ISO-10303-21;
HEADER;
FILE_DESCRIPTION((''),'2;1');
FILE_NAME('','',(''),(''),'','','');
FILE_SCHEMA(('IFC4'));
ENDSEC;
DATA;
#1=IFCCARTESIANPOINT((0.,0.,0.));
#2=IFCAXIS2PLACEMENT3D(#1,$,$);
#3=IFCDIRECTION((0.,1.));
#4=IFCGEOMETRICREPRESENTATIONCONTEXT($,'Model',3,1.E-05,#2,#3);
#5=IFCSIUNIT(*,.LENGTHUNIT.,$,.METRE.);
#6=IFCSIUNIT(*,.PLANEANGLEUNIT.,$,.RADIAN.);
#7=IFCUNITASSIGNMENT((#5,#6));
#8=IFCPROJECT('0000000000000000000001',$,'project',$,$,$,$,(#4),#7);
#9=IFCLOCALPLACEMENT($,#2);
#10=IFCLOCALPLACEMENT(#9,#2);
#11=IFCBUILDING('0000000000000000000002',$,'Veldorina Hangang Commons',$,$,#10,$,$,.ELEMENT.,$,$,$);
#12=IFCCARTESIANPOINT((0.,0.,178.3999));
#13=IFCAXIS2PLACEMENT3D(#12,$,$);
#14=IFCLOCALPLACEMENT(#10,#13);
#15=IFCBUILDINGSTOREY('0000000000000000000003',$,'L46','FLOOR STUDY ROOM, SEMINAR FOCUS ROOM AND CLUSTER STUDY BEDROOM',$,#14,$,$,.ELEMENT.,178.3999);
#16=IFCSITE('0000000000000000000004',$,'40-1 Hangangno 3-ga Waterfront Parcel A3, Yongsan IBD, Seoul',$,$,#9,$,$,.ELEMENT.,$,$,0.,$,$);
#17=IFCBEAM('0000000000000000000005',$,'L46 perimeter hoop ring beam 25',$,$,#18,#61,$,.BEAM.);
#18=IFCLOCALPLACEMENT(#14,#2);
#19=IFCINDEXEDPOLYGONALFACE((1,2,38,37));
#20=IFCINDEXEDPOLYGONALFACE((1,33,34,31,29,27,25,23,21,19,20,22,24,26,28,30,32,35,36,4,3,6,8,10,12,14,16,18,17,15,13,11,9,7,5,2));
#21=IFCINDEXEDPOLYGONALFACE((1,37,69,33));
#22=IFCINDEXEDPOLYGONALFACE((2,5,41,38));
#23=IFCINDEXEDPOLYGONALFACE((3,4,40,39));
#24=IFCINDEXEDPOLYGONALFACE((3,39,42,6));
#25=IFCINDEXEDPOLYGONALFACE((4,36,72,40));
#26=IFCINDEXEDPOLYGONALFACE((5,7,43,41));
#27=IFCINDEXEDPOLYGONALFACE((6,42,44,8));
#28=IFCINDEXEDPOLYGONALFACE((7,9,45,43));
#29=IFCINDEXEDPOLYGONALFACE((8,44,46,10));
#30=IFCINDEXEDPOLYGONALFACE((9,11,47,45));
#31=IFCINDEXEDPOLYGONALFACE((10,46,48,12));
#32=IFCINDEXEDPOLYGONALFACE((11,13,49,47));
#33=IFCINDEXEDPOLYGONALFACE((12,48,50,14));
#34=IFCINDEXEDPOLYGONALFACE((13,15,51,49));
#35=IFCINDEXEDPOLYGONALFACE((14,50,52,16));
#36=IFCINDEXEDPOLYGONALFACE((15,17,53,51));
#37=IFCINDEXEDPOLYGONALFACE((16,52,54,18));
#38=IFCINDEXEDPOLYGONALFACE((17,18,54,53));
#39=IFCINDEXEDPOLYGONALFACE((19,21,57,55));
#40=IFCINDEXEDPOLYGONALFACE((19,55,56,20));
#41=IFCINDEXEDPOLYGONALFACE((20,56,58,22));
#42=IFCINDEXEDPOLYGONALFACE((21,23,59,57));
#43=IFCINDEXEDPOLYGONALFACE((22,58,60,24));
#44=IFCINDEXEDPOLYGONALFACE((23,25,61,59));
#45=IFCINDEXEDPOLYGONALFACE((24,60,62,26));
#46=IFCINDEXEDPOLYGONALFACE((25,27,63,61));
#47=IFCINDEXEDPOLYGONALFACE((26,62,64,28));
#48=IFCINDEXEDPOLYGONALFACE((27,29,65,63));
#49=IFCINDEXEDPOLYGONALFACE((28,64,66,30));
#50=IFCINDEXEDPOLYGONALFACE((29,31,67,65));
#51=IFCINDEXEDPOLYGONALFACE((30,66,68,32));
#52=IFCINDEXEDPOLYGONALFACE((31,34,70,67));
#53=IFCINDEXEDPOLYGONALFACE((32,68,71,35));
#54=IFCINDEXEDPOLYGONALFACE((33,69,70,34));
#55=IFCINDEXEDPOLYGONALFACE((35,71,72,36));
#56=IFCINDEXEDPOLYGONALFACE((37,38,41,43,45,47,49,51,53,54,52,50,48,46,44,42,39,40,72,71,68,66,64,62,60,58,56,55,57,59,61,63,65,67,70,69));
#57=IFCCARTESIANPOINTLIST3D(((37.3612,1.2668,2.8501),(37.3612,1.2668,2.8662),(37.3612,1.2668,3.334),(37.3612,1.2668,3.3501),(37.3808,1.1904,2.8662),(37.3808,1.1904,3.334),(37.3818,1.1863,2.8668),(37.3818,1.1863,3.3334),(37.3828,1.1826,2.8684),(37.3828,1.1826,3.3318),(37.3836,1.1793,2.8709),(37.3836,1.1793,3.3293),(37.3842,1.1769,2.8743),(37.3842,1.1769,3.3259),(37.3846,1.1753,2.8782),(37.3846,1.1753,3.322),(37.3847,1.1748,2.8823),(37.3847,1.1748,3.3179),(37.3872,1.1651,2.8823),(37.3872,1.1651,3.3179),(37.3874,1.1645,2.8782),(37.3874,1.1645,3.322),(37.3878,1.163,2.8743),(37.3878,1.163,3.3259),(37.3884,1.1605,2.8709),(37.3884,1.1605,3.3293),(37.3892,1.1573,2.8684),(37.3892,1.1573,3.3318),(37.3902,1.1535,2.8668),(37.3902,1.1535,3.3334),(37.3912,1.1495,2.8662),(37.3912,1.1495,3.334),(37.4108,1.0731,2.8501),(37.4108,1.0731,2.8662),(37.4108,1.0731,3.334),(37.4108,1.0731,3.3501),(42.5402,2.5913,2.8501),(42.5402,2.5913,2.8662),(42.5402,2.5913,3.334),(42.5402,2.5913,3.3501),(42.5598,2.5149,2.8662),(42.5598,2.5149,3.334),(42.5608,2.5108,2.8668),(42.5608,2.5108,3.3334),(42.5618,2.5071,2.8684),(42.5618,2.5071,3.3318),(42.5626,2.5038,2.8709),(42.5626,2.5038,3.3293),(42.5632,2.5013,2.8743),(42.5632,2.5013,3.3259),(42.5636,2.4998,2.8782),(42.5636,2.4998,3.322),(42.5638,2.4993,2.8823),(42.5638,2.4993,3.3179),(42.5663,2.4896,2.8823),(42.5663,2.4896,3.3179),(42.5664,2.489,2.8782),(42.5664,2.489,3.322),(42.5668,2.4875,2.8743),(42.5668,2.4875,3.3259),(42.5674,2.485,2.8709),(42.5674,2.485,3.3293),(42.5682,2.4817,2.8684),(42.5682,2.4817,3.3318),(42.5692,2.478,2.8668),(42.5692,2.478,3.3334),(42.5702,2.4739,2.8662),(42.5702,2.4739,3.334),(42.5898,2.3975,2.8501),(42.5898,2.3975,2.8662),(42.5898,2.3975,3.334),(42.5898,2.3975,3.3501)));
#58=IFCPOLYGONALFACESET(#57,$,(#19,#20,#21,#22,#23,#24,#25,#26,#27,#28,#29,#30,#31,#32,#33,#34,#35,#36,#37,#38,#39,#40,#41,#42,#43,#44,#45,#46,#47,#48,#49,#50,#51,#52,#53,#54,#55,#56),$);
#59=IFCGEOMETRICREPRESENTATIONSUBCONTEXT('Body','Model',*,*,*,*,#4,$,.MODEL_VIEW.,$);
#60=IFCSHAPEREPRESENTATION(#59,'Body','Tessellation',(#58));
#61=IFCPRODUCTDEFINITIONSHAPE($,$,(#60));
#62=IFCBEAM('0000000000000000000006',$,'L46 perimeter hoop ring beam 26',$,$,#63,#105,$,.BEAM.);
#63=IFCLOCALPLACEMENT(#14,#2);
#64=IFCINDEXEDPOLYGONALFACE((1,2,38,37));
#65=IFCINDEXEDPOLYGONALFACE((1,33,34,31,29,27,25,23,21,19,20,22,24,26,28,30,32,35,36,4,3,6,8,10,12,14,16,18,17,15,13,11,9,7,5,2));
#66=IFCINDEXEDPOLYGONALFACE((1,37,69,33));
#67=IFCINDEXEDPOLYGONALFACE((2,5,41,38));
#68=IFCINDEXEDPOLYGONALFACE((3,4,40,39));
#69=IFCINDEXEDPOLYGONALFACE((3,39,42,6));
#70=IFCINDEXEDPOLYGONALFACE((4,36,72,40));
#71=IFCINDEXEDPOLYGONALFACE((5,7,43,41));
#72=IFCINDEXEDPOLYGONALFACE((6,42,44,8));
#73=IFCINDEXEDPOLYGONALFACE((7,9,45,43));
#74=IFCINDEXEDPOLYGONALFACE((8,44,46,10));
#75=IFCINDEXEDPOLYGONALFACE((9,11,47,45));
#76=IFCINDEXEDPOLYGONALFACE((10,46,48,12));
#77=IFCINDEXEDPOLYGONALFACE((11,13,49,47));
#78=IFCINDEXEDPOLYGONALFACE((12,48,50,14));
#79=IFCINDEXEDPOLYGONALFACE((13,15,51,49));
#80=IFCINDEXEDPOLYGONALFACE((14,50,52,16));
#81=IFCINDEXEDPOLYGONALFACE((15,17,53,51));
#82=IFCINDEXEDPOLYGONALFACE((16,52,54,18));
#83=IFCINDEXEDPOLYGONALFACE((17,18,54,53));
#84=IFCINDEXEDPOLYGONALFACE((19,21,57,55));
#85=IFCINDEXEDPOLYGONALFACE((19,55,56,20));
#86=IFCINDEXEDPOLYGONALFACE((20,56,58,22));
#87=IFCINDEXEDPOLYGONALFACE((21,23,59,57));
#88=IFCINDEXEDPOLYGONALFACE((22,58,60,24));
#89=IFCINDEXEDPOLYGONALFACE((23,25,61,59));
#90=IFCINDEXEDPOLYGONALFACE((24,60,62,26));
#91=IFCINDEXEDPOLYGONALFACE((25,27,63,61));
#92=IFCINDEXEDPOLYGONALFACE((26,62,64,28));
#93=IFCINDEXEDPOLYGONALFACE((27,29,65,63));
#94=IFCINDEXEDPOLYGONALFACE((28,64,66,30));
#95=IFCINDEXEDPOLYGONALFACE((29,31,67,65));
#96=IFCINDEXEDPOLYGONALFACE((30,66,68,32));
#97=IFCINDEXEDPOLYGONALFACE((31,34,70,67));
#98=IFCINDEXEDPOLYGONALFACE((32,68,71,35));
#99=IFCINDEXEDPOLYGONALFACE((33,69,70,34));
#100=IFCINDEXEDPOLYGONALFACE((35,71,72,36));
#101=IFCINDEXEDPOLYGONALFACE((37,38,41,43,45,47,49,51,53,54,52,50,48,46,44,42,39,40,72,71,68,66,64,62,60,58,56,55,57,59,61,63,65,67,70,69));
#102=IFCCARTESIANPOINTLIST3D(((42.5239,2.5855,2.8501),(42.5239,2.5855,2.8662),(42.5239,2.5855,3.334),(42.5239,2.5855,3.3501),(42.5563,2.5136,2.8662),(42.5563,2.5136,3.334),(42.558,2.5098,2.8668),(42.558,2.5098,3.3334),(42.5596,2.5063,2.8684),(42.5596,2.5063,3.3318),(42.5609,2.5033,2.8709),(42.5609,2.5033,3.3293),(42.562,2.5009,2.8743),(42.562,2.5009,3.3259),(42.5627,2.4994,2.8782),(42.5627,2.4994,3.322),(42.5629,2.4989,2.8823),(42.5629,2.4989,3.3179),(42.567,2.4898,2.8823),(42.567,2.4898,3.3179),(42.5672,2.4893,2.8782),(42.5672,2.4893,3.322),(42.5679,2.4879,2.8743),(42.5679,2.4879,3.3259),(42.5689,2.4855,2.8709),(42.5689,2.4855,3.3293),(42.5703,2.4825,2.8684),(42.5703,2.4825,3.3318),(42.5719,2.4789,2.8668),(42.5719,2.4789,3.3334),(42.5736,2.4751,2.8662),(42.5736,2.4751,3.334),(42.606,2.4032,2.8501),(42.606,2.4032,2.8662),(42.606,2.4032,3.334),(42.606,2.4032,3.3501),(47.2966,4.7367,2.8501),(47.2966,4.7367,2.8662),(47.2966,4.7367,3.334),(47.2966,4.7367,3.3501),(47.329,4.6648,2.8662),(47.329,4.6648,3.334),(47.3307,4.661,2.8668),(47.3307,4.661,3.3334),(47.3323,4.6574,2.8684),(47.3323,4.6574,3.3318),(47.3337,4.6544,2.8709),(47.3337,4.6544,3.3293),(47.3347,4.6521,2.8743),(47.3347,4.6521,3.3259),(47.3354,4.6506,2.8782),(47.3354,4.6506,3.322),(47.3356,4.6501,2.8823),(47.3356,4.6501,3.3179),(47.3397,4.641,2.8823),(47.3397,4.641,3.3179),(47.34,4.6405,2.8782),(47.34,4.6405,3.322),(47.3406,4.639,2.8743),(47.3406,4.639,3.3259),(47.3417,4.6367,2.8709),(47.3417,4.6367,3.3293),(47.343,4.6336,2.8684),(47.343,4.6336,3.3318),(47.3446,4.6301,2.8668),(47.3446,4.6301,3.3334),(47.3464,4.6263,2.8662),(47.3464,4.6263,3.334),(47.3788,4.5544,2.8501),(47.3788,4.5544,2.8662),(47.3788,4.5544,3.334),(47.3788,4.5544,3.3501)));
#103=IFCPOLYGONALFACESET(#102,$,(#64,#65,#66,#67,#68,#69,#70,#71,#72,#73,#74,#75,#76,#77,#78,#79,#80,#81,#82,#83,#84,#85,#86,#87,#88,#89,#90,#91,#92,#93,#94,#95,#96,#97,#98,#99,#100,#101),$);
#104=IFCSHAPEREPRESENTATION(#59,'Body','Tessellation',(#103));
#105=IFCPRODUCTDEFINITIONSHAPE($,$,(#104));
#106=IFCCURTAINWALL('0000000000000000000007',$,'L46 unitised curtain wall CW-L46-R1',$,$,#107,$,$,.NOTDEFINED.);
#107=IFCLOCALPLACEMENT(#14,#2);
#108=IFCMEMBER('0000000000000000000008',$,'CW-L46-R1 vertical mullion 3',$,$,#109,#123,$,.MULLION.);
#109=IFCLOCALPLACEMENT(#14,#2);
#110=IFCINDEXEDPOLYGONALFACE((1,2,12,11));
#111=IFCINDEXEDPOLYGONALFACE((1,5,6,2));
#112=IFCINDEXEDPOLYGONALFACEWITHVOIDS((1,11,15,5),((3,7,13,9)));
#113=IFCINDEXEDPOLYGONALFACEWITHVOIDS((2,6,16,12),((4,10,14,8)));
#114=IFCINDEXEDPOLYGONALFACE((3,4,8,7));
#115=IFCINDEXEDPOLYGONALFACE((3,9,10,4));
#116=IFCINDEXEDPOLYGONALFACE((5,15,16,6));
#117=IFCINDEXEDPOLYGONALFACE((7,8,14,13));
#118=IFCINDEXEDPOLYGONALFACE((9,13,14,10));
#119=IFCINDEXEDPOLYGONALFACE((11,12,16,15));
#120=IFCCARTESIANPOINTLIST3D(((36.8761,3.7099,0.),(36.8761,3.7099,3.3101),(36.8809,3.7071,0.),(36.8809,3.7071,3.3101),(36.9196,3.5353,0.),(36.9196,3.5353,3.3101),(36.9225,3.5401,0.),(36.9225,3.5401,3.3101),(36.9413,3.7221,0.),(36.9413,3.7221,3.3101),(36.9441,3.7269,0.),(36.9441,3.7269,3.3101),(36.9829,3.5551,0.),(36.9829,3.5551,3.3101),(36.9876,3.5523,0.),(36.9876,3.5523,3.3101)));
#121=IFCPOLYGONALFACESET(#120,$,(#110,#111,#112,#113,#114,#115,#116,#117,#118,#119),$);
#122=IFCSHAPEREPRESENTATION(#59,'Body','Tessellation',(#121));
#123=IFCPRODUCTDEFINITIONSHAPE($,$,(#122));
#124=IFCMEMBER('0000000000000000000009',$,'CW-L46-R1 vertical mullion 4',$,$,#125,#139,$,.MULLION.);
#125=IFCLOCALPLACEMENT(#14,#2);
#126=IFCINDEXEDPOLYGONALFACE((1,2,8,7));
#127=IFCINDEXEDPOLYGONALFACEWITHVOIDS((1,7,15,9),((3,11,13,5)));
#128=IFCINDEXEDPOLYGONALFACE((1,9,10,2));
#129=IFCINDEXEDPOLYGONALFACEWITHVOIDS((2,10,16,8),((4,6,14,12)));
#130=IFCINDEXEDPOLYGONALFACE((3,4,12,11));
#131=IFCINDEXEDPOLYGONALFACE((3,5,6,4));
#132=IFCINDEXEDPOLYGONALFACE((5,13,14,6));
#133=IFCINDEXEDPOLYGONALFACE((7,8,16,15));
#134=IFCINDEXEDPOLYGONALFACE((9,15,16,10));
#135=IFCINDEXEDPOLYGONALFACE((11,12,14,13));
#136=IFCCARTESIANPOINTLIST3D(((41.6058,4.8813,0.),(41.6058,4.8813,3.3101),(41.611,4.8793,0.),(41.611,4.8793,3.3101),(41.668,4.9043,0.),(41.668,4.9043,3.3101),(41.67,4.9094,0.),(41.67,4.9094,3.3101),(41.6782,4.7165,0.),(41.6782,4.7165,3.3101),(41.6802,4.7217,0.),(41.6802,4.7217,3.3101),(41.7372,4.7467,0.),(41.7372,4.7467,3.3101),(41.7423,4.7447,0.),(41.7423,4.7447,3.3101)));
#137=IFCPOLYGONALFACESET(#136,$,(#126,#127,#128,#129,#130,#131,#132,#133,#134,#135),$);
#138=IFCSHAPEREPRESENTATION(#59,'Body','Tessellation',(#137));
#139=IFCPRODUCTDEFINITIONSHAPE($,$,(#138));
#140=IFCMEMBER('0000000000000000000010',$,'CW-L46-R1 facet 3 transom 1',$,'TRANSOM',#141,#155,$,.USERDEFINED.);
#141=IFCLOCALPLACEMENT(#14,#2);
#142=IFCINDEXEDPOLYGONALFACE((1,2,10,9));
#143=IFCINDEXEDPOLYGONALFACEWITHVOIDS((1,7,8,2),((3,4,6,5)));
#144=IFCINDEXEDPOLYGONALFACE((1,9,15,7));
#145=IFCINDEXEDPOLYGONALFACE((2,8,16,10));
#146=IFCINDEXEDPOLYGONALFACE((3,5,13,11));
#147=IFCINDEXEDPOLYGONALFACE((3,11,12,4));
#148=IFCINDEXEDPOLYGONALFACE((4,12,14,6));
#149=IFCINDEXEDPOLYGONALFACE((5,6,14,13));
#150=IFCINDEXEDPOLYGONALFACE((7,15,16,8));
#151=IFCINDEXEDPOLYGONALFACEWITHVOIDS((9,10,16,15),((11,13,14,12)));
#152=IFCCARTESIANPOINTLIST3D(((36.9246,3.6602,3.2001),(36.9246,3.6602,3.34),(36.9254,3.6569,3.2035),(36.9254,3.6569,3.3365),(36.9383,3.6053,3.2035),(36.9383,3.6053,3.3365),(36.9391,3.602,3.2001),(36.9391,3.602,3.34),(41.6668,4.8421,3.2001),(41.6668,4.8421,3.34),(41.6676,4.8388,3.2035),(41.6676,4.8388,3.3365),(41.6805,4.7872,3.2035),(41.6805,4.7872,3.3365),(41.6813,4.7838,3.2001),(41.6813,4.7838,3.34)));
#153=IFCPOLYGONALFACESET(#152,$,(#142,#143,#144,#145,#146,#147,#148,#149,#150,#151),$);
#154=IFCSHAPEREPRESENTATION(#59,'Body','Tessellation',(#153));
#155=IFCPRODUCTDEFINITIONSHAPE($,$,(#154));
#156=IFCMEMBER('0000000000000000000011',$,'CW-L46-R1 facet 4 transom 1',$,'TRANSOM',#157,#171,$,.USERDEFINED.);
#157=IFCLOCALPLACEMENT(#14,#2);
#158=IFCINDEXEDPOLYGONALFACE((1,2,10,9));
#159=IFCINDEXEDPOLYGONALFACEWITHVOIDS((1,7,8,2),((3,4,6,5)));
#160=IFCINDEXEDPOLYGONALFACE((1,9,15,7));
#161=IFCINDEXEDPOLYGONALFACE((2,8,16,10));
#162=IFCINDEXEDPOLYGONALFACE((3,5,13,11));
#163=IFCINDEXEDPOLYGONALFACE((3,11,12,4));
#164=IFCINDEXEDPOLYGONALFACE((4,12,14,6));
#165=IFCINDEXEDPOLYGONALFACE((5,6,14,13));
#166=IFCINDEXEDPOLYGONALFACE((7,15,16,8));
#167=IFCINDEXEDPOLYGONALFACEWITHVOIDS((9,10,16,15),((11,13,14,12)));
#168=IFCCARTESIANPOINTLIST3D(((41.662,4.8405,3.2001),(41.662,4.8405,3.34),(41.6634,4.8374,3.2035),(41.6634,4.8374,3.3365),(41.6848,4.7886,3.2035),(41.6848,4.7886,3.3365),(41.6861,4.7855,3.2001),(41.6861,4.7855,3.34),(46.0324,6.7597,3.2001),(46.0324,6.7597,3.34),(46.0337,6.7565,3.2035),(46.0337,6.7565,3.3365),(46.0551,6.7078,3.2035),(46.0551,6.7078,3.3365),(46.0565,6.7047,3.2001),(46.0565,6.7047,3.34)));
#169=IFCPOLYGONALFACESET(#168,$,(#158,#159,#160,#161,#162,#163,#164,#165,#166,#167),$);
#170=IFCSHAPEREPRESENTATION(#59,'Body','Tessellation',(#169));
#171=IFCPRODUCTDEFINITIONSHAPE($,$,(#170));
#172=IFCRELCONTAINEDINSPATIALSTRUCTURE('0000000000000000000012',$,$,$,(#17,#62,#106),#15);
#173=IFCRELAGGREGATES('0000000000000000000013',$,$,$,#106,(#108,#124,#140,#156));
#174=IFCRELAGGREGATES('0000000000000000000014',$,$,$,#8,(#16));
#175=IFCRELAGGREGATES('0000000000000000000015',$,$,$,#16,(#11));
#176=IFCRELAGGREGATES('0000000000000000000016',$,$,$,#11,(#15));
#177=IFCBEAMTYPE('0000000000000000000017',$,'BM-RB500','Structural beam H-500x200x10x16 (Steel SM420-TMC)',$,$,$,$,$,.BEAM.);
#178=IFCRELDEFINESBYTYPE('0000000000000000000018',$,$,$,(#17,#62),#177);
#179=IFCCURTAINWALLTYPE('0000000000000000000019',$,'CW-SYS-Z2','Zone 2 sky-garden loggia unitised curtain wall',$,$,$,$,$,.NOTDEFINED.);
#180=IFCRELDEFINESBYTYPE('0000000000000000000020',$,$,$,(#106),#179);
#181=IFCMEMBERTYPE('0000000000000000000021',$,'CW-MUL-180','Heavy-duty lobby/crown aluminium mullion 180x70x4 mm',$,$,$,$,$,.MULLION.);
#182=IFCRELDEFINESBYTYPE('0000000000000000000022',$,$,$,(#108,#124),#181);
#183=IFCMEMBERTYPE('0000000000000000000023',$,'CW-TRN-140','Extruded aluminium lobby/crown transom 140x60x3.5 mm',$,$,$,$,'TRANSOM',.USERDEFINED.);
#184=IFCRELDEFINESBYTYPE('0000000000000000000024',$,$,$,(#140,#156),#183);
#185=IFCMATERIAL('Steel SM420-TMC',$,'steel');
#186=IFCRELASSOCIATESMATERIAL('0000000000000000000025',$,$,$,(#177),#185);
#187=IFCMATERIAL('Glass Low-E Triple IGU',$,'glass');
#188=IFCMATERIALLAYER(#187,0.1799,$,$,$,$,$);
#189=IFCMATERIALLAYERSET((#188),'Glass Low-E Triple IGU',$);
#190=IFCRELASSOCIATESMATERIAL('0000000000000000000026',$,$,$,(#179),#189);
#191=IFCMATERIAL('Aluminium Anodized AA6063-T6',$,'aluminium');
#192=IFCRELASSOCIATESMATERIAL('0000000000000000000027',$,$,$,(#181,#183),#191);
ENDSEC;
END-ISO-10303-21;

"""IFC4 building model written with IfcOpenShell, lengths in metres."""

from ifc_helpers import new_model, si_unit, direction, frame, origin, origin_2d, place, context, subcontext, project, spatial, hollow_rectangle, i_section, extrude, material, layer, layer_set, material_profile, profile_set, type_object, element, aggregate, save


model = new_model("IFC4")

# Units and contexts
model_context = context("Model", 3, precision=1e-05, world=origin(), true_north=direction((0.0, 1.0)))
body_context = subcontext(model_context, "Body", "Model", "MODEL_VIEW")
ifc_project = project(units=[si_unit("LENGTHUNIT", "METRE"), si_unit("PLANEANGLEUNIT", "RADIAN")], contexts=[model_context])

# Site, building, storey
site_placement = place(None, origin())
site = spatial("IfcSite", under=ifc_project, at=site_placement, Name="40-1 Hangangno 3-ga Waterfront Parcel A3, Yongsan IBD, Seoul", CompositionType="ELEMENT", RefElevation=0.0)
building_placement = place(site_placement, origin())
building = spatial("IfcBuilding", under=site, at=building_placement, Name="Veldorina Hangang Commons", CompositionType="ELEMENT")
storey_placement = place(building_placement, frame((0.0, 0.0, 178.3999)))
storey = spatial("IfcBuildingStorey", under=building, at=storey_placement, Name="L46", Description="FLOOR STUDY ROOM, SEMINAR FOCUS ROOM AND CLUSTER STUDY BEDROOM", CompositionType="ELEMENT", Elevation=178.3999)

# Beams
ifc_material_1 = material(Name="Steel SM420-TMC", Category="steel")
ifc_material_profile_1 = material_profile(ifc_material_1, i_section(OverallWidth=0.2, OverallDepth=0.5, WebThickness=0.01, FlangeThickness=0.0161, FilletRadius=0.0161, at=origin_2d()), Name="H-500x200x10x16")
ifc_profile_set_1 = profile_set([ifc_material_profile_1], Name="Steel SM420-TMC")
beam_type = type_object("IfcBeamType", Name="BM-RB500", Description="Structural beam H-500x200x10x16 (Steel SM420-TMC)", PredefinedType="BEAM", material=ifc_profile_set_1)
beam_1_placement = place(storey_placement, frame((37.386, 1.1699, 3.1001), z_axis=(0.96882, 0.247765, 0.0), x_axis=(-0.247765, 0.96882, 0.0)))
element("IfcBeam", 1, at=beam_1_placement, inside=storey, type_object=beam_type, Name="L46 perimeter hoop ring beam 25", PredefinedType="BEAM", context=body_context, shape_type="SweptSolid", body=[
    extrude(i_section(OverallWidth=0.2, OverallDepth=0.5, WebThickness=0.01, FlangeThickness=0.0161, FilletRadius=0.0161, at=origin_2d()), origin(), (0.0, 0.0, 1.0), 5.3457),
])
beam_2_placement = place(storey_placement, frame((42.5649, 2.4944, 3.1001), z_axis=(0.911678, 0.410906, 0.0), x_axis=(-0.410906, 0.911678, 0.0)))
element("IfcBeam", 2, at=beam_2_placement, inside=storey, type_object=beam_type, Name="L46 perimeter hoop ring beam 26", PredefinedType="BEAM", context=body_context, shape_type="SweptSolid", body=[
    extrude(i_section(OverallWidth=0.2, OverallDepth=0.5, WebThickness=0.01, FlangeThickness=0.0161, FilletRadius=0.0161, at=origin_2d()), origin(), (0.0, 0.0, 1.0), 5.2351),
])

# Curtain wall, members
ifc_material_2 = material(Name="Glass Low-E Triple IGU", Category="glass")
ifc_layer_1 = layer(ifc_material_2, 0.1799)
ifc_layer_set_1 = layer_set([ifc_layer_1], Name="Glass Low-E Triple IGU")
curtain_wall_type = type_object("IfcCurtainWallType", Name="CW-SYS-Z2", Description="Zone 2 sky-garden loggia unitised curtain wall", PredefinedType="NOTDEFINED", material=ifc_layer_set_1)
curtain_wall_placement = place(storey_placement, origin())
curtain_wall = element("IfcCurtainWall", 3, at=curtain_wall_placement, inside=storey, type_object=curtain_wall_type, Name="L46 unitised curtain wall CW-L46-R1", PredefinedType="NOTDEFINED")
ifc_material_3 = material(Name="Aluminium Anodized AA6063-T6", Category="aluminium")
ifc_material_profile_2 = material_profile(ifc_material_3, hollow_rectangle(XDim=0.0701, YDim=0.1799, WallThickness=0.0039, at=origin_2d()), Name="ALU-RHS-180x70x4")
ifc_profile_set_2 = profile_set([ifc_material_profile_2], Name="Aluminium Anodized AA6063-T6")
member_type_1 = type_object("IfcMemberType", Name="CW-MUL-180", Description="Heavy-duty lobby/crown aluminium mullion 180x70x4 mm", PredefinedType="MULLION", material=ifc_profile_set_2)
member_1_placement = place(storey_placement, frame((36.9319, 3.6311, 0.0), z_axis=(0.0, 0.0, 1.0), x_axis=(0.970317, 0.241837, 0.0)))
member_1 = element("IfcMember", 4, at=member_1_placement, type_object=member_type_1, Name="CW-L46-R1 vertical mullion 3", PredefinedType="MULLION", context=body_context, shape_type="SweptSolid", body=[
    extrude(hollow_rectangle(XDim=0.0701, YDim=0.1799, WallThickness=0.0039, at=origin_2d()), origin(), (0.0, 0.0, 1.0), 3.3101),
])
member_2_placement = place(storey_placement, frame((41.6741, 4.813, 0.0), z_axis=(0.0, 0.0, 1.0), x_axis=(0.91562, 0.402044, 0.0)))
member_2 = element("IfcMember", 5, at=member_2_placement, type_object=member_type_1, Name="CW-L46-R1 vertical mullion 4", PredefinedType="MULLION", context=body_context, shape_type="SweptSolid", body=[
    extrude(hollow_rectangle(XDim=0.0701, YDim=0.1799, WallThickness=0.0039, at=origin_2d()), origin(), (0.0, 0.0, 1.0), 3.3101),
])
ifc_material_profile_3 = material_profile(ifc_material_3, hollow_rectangle(XDim=0.0601, YDim=0.1399, WallThickness=0.0034, at=origin_2d()), Name="ALU-RHS-140x60x3.5")
ifc_profile_set_3 = profile_set([ifc_material_profile_3], Name="Aluminium Anodized AA6063-T6")
member_type_2 = type_object("IfcMemberType", Name="CW-TRN-140", Description="Extruded aluminium lobby/crown transom 140x60x3.5 mm", ElementType="TRANSOM", PredefinedType="USERDEFINED", material=ifc_profile_set_3)
member_3_placement = place(storey_placement, frame((36.9319, 3.6311, 3.27), z_axis=(0.970319, 0.24183, 0.0), x_axis=(-0.24183, 0.970319, 0.0)))
member_3 = element("IfcMember", 6, at=member_3_placement, type_object=member_type_2, Name="CW-L46-R1 facet 3 transom 1", ObjectType="TRANSOM", PredefinedType="USERDEFINED", context=body_context, shape_type="SweptSolid", body=[
    extrude(hollow_rectangle(XDim=0.0601, YDim=0.1399, WallThickness=0.0034, at=origin_2d()), origin(), (0.0, 0.0, 1.0), 4.8872),
])
member_4_placement = place(storey_placement, frame((41.6741, 4.813, 3.27), z_axis=(0.915606, 0.402077, 0.0), x_axis=(-0.402077, 0.915606, 0.0)))
member_4 = element("IfcMember", 7, at=member_4_placement, type_object=member_type_2, Name="CW-L46-R1 facet 4 transom 1", ObjectType="TRANSOM", PredefinedType="USERDEFINED", context=body_context, shape_type="SweptSolid", body=[
    extrude(hollow_rectangle(XDim=0.0601, YDim=0.1399, WallThickness=0.0034, at=origin_2d()), origin(), (0.0, 0.0, 1.0), 4.7732),
])

aggregate(curtain_wall, [member_1, member_2, member_3, member_4])

save(model, "model.ifc")
